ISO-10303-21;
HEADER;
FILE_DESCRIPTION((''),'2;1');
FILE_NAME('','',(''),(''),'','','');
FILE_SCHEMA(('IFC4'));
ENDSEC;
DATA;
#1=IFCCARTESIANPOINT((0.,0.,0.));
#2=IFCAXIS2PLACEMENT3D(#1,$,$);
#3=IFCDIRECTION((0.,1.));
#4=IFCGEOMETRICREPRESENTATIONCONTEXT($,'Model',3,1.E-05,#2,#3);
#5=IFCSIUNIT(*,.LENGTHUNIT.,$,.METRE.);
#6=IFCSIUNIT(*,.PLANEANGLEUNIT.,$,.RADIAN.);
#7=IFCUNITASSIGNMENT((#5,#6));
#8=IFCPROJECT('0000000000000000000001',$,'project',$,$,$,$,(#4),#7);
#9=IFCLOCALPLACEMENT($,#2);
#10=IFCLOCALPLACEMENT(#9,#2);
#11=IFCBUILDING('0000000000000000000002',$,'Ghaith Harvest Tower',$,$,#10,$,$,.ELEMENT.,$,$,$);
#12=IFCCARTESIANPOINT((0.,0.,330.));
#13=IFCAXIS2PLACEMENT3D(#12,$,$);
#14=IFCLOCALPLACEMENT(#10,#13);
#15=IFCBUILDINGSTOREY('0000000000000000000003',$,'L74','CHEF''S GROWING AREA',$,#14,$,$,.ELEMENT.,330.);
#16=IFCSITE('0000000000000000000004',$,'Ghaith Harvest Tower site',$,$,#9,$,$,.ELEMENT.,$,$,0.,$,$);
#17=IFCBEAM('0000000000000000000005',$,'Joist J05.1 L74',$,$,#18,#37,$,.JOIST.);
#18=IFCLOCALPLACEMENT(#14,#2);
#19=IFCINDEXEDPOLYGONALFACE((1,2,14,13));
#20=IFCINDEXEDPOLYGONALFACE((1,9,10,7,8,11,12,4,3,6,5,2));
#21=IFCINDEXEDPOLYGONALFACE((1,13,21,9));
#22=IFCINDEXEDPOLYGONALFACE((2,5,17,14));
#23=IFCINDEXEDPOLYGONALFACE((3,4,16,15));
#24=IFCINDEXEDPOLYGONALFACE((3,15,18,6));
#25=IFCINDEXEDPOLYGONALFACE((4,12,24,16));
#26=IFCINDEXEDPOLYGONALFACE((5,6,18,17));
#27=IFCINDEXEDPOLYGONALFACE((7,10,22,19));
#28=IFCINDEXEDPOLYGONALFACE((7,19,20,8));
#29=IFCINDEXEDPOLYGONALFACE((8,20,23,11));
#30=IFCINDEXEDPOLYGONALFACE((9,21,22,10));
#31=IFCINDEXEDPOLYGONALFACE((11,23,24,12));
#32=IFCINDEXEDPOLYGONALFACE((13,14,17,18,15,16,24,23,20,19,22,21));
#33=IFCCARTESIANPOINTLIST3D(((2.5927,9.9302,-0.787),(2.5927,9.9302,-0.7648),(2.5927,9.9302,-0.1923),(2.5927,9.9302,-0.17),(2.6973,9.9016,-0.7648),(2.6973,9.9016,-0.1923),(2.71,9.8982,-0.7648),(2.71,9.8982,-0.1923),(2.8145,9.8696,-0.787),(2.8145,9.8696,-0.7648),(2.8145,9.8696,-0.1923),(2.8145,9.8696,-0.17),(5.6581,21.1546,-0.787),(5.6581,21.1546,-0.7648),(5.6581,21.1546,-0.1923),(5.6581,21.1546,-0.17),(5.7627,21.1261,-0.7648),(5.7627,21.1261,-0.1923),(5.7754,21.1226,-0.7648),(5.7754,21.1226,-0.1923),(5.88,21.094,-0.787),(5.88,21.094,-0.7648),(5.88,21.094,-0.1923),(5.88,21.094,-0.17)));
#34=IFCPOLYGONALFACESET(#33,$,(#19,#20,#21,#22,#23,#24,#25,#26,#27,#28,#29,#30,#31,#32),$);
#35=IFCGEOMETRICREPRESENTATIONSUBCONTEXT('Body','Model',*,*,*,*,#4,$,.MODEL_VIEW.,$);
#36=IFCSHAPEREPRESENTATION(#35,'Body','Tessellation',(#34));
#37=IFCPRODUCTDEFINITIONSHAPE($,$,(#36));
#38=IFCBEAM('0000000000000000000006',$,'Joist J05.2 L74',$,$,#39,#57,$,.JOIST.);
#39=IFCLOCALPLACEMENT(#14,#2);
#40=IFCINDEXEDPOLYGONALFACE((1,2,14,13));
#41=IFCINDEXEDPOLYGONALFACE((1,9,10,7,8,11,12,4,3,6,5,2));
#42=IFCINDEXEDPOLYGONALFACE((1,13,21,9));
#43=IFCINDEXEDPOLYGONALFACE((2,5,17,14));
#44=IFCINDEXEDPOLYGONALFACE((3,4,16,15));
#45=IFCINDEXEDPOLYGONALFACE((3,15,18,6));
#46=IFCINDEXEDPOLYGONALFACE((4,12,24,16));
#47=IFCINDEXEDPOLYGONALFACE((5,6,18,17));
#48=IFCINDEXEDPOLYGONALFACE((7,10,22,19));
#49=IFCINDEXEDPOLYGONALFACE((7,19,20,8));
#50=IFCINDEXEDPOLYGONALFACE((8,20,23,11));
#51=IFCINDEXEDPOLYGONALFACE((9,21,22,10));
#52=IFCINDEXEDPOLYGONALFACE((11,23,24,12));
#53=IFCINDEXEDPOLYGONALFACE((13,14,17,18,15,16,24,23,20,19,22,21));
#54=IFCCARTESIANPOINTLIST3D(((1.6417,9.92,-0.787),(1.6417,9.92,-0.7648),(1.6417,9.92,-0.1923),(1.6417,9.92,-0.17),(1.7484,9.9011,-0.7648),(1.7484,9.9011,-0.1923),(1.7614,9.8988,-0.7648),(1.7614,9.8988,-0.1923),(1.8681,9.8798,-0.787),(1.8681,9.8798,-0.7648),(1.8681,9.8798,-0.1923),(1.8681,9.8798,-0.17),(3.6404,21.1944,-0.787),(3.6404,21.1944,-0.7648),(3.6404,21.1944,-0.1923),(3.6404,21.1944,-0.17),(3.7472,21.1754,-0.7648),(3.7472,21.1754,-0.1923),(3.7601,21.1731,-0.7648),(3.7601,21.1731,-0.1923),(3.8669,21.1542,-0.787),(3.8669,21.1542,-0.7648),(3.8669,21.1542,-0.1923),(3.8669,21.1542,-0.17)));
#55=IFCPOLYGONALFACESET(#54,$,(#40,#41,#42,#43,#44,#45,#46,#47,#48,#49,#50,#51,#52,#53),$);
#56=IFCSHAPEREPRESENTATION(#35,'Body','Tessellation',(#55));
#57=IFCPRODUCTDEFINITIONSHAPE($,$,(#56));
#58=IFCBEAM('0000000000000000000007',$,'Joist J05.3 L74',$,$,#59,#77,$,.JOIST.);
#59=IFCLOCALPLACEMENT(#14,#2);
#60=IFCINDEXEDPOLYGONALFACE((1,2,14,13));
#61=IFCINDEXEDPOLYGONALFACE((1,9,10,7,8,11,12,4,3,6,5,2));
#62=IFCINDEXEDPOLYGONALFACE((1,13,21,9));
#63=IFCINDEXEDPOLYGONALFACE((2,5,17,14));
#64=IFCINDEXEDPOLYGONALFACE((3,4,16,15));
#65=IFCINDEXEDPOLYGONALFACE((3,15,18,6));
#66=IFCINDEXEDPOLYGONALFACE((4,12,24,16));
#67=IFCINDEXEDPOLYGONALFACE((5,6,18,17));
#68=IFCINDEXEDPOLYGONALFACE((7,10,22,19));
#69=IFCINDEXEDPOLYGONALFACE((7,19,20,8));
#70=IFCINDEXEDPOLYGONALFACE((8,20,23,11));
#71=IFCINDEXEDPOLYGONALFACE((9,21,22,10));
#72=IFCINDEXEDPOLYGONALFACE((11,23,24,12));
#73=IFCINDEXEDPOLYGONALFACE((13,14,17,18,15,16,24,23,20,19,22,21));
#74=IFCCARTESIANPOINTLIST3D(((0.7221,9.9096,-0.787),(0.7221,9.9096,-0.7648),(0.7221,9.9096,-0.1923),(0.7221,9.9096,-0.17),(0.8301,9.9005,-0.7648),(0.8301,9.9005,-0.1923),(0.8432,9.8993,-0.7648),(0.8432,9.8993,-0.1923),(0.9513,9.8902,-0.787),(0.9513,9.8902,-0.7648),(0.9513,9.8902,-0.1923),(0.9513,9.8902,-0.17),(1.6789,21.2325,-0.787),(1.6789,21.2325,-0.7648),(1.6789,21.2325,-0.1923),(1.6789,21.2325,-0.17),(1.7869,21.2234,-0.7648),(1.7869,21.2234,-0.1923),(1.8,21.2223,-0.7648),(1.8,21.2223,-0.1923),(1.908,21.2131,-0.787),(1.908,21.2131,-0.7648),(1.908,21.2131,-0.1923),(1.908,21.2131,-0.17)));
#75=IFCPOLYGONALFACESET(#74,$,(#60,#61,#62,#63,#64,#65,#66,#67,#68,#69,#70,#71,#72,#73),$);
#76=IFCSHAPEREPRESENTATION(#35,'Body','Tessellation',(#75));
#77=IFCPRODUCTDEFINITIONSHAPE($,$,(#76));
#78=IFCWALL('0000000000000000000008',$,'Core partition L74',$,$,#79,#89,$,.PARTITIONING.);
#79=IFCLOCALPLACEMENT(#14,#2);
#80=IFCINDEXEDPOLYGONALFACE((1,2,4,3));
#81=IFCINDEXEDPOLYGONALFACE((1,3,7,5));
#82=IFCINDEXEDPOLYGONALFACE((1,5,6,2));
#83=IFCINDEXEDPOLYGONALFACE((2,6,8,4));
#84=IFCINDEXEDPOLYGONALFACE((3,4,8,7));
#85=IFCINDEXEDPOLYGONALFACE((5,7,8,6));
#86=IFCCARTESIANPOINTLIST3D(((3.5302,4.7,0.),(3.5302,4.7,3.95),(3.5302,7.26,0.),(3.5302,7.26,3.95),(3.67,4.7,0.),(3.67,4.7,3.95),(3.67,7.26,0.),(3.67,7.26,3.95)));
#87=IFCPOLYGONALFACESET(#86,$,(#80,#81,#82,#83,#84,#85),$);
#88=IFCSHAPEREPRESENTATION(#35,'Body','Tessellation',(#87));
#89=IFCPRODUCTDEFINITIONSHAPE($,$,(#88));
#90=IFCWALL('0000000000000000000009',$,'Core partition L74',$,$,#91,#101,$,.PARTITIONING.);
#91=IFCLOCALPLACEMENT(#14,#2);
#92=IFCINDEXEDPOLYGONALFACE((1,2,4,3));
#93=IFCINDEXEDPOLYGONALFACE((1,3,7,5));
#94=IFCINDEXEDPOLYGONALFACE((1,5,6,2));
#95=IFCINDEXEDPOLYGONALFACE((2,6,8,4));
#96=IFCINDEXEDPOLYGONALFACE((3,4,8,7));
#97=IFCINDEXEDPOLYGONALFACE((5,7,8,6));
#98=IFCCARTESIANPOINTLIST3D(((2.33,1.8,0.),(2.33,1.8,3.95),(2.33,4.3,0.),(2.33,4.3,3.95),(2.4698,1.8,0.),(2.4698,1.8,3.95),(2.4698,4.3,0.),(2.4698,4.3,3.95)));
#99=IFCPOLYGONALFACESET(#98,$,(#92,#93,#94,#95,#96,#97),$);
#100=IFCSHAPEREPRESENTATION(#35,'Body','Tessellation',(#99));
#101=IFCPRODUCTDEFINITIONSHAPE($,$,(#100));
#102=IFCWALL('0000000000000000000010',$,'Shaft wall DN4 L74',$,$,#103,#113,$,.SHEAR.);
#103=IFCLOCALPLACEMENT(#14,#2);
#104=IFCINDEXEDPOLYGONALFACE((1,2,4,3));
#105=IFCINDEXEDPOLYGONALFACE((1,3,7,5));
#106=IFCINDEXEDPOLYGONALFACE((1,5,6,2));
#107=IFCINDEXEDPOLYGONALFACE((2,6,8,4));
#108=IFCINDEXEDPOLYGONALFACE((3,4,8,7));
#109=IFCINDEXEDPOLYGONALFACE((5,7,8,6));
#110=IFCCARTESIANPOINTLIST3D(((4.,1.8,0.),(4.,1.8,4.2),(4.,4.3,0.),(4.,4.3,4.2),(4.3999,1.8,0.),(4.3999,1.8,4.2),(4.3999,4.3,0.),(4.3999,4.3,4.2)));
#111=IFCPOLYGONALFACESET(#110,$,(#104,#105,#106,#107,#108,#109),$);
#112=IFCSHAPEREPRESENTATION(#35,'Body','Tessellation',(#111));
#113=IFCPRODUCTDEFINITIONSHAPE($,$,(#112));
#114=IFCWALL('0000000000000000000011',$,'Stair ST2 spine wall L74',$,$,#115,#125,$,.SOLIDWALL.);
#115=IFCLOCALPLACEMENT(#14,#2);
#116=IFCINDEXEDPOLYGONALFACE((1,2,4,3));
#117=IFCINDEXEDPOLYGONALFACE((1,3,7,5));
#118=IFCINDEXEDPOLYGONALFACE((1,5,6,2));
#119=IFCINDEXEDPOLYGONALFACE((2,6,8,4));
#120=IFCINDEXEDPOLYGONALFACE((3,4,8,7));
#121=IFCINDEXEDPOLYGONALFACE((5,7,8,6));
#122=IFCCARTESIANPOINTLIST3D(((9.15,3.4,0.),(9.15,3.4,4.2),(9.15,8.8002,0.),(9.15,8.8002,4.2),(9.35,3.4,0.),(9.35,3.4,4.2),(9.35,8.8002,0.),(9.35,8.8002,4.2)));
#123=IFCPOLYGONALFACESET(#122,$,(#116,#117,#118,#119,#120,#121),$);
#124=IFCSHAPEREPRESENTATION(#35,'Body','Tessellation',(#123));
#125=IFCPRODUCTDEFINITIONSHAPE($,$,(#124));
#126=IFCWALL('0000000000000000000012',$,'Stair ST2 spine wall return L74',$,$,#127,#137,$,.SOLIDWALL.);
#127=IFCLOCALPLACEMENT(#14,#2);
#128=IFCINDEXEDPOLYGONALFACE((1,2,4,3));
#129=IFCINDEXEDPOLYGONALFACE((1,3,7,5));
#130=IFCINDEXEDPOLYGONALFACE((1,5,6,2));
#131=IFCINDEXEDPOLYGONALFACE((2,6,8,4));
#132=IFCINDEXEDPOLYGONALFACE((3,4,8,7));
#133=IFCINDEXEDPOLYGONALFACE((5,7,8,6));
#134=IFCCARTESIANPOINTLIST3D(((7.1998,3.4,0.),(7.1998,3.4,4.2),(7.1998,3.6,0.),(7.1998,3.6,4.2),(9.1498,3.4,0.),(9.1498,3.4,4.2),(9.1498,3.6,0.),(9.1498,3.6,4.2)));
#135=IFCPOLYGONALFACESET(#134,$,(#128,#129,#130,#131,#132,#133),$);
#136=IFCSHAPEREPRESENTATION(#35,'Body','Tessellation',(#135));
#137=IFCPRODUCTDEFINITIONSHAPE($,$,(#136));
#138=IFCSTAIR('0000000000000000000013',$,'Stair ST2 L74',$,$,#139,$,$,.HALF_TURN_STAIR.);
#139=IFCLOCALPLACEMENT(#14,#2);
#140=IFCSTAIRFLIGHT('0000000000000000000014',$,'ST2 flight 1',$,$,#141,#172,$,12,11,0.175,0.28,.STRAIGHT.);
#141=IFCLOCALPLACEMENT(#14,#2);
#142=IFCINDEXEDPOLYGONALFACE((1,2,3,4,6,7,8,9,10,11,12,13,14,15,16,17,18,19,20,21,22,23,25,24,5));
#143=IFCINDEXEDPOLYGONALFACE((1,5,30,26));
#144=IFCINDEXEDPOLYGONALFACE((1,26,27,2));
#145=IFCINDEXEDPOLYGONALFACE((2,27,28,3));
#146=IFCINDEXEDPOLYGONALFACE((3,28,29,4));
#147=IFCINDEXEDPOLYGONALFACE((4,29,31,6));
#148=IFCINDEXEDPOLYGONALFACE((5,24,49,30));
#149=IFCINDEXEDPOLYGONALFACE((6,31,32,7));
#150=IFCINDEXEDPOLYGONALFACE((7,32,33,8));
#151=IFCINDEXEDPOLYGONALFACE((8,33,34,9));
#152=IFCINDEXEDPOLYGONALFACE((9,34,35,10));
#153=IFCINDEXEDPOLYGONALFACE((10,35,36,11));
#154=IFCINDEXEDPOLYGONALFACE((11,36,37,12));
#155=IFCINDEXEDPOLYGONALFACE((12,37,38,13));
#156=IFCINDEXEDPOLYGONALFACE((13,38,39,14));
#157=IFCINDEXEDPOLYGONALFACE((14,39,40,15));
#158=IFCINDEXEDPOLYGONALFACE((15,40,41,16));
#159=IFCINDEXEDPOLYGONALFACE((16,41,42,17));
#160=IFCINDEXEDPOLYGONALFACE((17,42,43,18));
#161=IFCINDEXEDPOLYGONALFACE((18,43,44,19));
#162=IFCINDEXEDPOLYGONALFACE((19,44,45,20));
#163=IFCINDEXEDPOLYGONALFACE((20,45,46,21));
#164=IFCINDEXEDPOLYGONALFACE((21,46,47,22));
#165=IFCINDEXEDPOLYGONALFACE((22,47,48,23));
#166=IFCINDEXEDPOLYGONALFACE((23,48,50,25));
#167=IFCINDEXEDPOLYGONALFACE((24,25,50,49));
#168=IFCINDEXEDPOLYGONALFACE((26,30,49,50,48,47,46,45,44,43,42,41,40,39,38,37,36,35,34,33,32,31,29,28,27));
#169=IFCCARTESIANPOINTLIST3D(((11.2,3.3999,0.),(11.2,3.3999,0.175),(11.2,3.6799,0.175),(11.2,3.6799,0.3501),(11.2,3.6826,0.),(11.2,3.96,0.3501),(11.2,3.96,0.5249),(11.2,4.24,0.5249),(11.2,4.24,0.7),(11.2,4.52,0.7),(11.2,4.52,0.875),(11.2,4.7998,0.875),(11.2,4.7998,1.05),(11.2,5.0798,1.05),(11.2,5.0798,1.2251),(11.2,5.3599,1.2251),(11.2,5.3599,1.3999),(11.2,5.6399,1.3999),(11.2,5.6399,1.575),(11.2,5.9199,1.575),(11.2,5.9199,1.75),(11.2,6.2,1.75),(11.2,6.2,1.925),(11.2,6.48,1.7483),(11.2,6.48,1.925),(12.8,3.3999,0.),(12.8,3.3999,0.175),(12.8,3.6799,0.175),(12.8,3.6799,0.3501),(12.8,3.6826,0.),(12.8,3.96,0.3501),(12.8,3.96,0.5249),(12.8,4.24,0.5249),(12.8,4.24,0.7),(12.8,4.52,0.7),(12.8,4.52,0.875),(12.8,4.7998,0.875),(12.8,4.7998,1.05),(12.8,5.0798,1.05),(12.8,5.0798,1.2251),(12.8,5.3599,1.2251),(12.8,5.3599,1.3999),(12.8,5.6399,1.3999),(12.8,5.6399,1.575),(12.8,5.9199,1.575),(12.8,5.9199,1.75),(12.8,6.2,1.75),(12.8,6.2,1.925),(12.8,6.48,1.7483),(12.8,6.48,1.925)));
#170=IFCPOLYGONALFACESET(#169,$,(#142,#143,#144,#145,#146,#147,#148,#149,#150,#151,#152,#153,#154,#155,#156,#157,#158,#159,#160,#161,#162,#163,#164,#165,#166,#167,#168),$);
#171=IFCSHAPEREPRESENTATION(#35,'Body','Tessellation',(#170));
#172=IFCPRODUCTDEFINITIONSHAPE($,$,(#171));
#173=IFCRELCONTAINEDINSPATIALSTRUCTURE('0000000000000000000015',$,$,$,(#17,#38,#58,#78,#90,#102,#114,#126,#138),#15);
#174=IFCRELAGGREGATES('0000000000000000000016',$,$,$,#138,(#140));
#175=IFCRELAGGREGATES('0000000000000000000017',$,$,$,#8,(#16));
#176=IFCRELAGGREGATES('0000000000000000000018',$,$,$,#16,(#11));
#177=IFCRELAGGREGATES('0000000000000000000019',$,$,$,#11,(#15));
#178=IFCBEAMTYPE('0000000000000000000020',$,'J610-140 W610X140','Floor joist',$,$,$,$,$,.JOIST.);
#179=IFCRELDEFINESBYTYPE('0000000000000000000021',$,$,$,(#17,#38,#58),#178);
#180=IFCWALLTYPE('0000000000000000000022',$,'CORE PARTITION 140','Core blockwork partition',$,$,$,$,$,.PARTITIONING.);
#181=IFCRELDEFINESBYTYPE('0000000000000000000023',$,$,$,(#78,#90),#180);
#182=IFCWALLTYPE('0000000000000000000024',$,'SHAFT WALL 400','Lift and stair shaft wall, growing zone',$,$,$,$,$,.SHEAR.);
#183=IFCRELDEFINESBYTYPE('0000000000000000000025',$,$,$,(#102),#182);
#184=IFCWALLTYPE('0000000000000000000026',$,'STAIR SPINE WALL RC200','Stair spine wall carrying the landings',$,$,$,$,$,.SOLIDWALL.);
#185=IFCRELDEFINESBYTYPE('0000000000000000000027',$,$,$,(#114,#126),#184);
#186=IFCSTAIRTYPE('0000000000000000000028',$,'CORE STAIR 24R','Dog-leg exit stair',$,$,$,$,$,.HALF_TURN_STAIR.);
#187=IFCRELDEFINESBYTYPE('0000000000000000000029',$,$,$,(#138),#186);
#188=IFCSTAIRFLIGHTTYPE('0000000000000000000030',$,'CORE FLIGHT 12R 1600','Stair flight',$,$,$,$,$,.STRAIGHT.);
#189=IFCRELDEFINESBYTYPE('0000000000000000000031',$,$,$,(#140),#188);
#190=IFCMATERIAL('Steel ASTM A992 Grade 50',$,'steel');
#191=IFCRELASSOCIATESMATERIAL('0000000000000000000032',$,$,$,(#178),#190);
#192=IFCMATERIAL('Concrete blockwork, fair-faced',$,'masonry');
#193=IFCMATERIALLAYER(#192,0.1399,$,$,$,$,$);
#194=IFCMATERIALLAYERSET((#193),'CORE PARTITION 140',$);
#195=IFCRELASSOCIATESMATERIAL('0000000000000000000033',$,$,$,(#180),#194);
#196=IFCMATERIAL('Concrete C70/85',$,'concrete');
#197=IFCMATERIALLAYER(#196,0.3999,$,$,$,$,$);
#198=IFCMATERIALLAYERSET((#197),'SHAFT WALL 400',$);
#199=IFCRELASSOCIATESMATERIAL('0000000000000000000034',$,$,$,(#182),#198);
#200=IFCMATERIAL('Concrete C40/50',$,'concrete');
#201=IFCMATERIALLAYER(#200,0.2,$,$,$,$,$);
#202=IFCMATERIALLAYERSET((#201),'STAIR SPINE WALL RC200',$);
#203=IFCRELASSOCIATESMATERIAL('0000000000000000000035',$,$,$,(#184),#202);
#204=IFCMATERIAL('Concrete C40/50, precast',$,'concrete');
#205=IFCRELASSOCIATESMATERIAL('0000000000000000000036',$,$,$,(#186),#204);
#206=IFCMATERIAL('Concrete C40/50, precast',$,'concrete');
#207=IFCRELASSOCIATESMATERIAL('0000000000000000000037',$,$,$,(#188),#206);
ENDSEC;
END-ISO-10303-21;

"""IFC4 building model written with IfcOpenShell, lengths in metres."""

from ifc_helpers import new_model, si_unit, direction, frame, frame_2d, origin, origin_2d, place, context, subcontext, project, spatial, polyline, rectangle, i_section, outline, extrude, material, layer, layer_set, material_profile, profile_set, type_object, element, aggregate, save


model = new_model("IFC4")

# Units and contexts
model_context = context("Model", 3, precision=1e-05, world=origin(), true_north=direction((0.0, 1.0)))
body_context = subcontext(model_context, "Body", "Model", "MODEL_VIEW")
ifc_project = project(units=[si_unit("LENGTHUNIT", "METRE"), si_unit("PLANEANGLEUNIT", "RADIAN")], contexts=[model_context])

# Site, building, storey
site_placement = place(None, origin())
site = spatial("IfcSite", under=ifc_project, at=site_placement, Name="Ghaith Harvest Tower site", CompositionType="ELEMENT", RefElevation=0.0)
building_placement = place(site_placement, origin())
building = spatial("IfcBuilding", under=site, at=building_placement, Name="Ghaith Harvest Tower", CompositionType="ELEMENT")
storey_placement = place(building_placement, frame((0.0, 0.0, 330.0)))
storey = spatial("IfcBuildingStorey", under=building, at=storey_placement, Name="L74", Description="CHEF'S GROWING AREA", CompositionType="ELEMENT", Elevation=330.0)

# Beams
ifc_material_1 = material(Name="Steel ASTM A992 Grade 50", Category="steel")
ifc_material_profile = material_profile(ifc_material_1, i_section(OverallWidth=0.23, OverallDepth=0.6169, WebThickness=0.0132, FlangeThickness=0.0222, at=origin_2d()), Name="W610X140")
ifc_profile_set = profile_set([ifc_material_profile], Name="Steel ASTM A992 Grade 50")
beam_type = type_object("IfcBeamType", Name="J610-140 W610X140", Description="Floor joist", PredefinedType="JOIST", material=ifc_profile_set)
beam_1_placement = place(storey_placement, frame((2.7036, 9.8999, -0.4785), z_axis=(0.263456, 0.964671, 0.0), x_axis=(-0.964671, 0.263456, 0.0)))
element("IfcBeam", 1, at=beam_1_placement, inside=storey, type_object=beam_type, Name="Joist J05.1 L74", PredefinedType="JOIST", context=body_context, shape_type="SweptSolid", body=[
    extrude(i_section(OverallWidth=0.23, OverallDepth=0.6169, WebThickness=0.0132, FlangeThickness=0.0222, at=origin_2d()), origin(), (0.0, 0.0, 1.0), 11.6355),
])
beam_2_placement = place(storey_placement, frame((1.7549, 9.8999, -0.4785), z_axis=(0.174563, 0.984646, 0.0), x_axis=(-0.984646, 0.174563, 0.0)))
element("IfcBeam", 2, at=beam_2_placement, inside=storey, type_object=beam_type, Name="Joist J05.2 L74", PredefinedType="JOIST", context=body_context, shape_type="SweptSolid", body=[
    extrude(i_section(OverallWidth=0.23, OverallDepth=0.6169, WebThickness=0.0132, FlangeThickness=0.0222, at=origin_2d()), origin(), (0.0, 0.0, 1.0), 11.4502),
])
beam_3_placement = place(storey_placement, frame((0.8367, 9.8999, -0.4785), z_axis=(0.084199, 0.996449, 0.0), x_axis=(-0.996449, 0.084199, 0.0)))
element("IfcBeam", 3, at=beam_3_placement, inside=storey, type_object=beam_type, Name="Joist J05.3 L74", PredefinedType="JOIST", context=body_context, shape_type="SweptSolid", body=[
    extrude(i_section(OverallWidth=0.23, OverallDepth=0.6169, WebThickness=0.0132, FlangeThickness=0.0222, at=origin_2d()), origin(), (0.0, 0.0, 1.0), 11.3633),
])

# Walls
ifc_material_2 = material(Name="Concrete blockwork, fair-faced", Category="masonry")
ifc_layer_1 = layer(ifc_material_2, 0.1399)
ifc_layer_set_1 = layer_set([ifc_layer_1], Name="CORE PARTITION 140")
wall_type_1 = type_object("IfcWallType", Name="CORE PARTITION 140", Description="Core blockwork partition", PredefinedType="PARTITIONING", material=ifc_layer_set_1)
wall_1_placement = place(storey_placement, frame((3.6001, 4.7, 0.0), z_axis=(0.0, 0.0, 1.0), x_axis=(0.0, 1.0, 0.0)))
element("IfcWall", 4, at=wall_1_placement, inside=storey, type_object=wall_type_1, Name="Core partition L74", PredefinedType="PARTITIONING", context=body_context, shape_type="SweptSolid", body=[
    extrude(rectangle(XDim=2.5601, YDim=0.1399, at=frame_2d((1.28, 0.0))), origin(), (0.0, 0.0, 1.0), 3.95),
])
wall_2_placement = place(storey_placement, frame((2.3999, 1.8, 0.0), z_axis=(0.0, 0.0, 1.0), x_axis=(0.0, 1.0, 0.0)))
element("IfcWall", 5, at=wall_2_placement, inside=storey, type_object=wall_type_1, Name="Core partition L74", PredefinedType="PARTITIONING", context=body_context, shape_type="SweptSolid", body=[
    extrude(rectangle(XDim=2.5, YDim=0.1399, at=frame_2d((1.25, 0.0))), origin(), (0.0, 0.0, 1.0), 3.95),
])

# Shared definitions
ifc_material_3 = material(Name="Concrete C70/85", Category="concrete")
ifc_layer_2 = layer(ifc_material_3, 0.3999)
ifc_layer_set_2 = layer_set([ifc_layer_2], Name="SHAFT WALL 400")
wall_type_2 = type_object("IfcWallType", Name="SHAFT WALL 400", Description="Lift and stair shaft wall, growing zone", PredefinedType="SHEAR", material=ifc_layer_set_2)

# Walls
wall_3_placement = place(storey_placement, frame((4.2, 1.8, 0.0), z_axis=(0.0, 0.0, 1.0), x_axis=(0.0, 1.0, 0.0)))
element("IfcWall", 6, at=wall_3_placement, inside=storey, type_object=wall_type_2, Name="Shaft wall DN4 L74", PredefinedType="SHEAR", context=body_context, shape_type="SweptSolid", body=[
    extrude(rectangle(XDim=2.5, YDim=0.3999, at=frame_2d((1.25, 0.0))), origin(), (0.0, 0.0, 1.0), 4.2),
])
ifc_material_4 = material(Name="Concrete C40/50", Category="concrete")
ifc_layer_3 = layer(ifc_material_4, 0.2)
ifc_layer_set_3 = layer_set([ifc_layer_3], Name="STAIR SPINE WALL RC200")
wall_type_3 = type_object("IfcWallType", Name="STAIR SPINE WALL RC200", Description="Stair spine wall carrying the landings", PredefinedType="SOLIDWALL", material=ifc_layer_set_3)
wall_4_placement = place(storey_placement, frame((9.25, 3.3999, 0.0), z_axis=(0.0, 0.0, 1.0), x_axis=(0.0, 1.0, 0.0)))
element("IfcWall", 7, at=wall_4_placement, inside=storey, type_object=wall_type_3, Name="Stair ST2 spine wall L74", PredefinedType="SOLIDWALL", context=body_context, shape_type="SweptSolid", body=[
    extrude(rectangle(XDim=5.4001, YDim=0.2, at=frame_2d((2.7002, 0.0))), origin(), (0.0, 0.0, 1.0), 4.2),
])
wall_5_placement = place(storey_placement, frame((9.1499, 3.5, 0.0), z_axis=(0.0, 0.0, 1.0), x_axis=(-1.0, 0.0, 0.0)))
element("IfcWall", 8, at=wall_5_placement, inside=storey, type_object=wall_type_3, Name="Stair ST2 spine wall return L74", PredefinedType="SOLIDWALL", context=body_context, shape_type="SweptSolid", body=[
    extrude(rectangle(XDim=1.95, YDim=0.2, at=frame_2d((0.9751, 0.0))), origin(), (0.0, 0.0, 1.0), 4.2),
])

# Stair, stair flight
ifc_material_5 = material(Name="Concrete C40/50, precast", Category="concrete")
stair_type = type_object("IfcStairType", Name="CORE STAIR 24R", Description="Dog-leg exit stair", PredefinedType="HALF_TURN_STAIR", material=ifc_material_5)
stair_placement = place(storey_placement, origin())
stair = element("IfcStair", 9, at=stair_placement, inside=storey, type_object=stair_type, Name="Stair ST2 L74", PredefinedType="HALF_TURN_STAIR")
ifc_material_6 = material(Name="Concrete C40/50, precast", Category="concrete")
stair_flight_type = type_object("IfcStairFlightType", Name="CORE FLIGHT 12R 1600", Description="Stair flight", PredefinedType="STRAIGHT", material=ifc_material_6)
stair_flight_1_placement = place(storey_placement, frame((12.0, 3.3999, 0.0), z_axis=(0.0, 0.0, 1.0), x_axis=(0.0, 1.0, 0.0)))
stair_flight_1 = element("IfcStairFlight", 10, at=stair_flight_1_placement, type_object=stair_flight_type, Name="ST2 flight 1", NumberOfRisers=12, NumberOfTreads=11, PredefinedType="STRAIGHT", RiserHeight=0.175, TreadLength=0.28, context=body_context, shape_type="SweptSolid", body=[
    extrude(outline(polyline([(0.0, 0.0), (0.0, 0.175), (0.28, 0.175), (0.28, 0.3501), (0.5601, 0.3501), (0.5601, 0.5249), (0.8401, 0.5249), (0.8401, 0.7), (1.1201, 0.7), (1.1201, 0.875), (1.3999, 0.875), (1.3999, 1.05), (1.6799, 1.05), (1.6799, 1.2251), (1.96, 1.2251), (1.96, 1.3999), (2.24, 1.3999), (2.24, 1.575), (2.52, 1.575), (2.52, 1.75), (2.8, 1.75), (2.8, 1.925), (3.0801, 1.925), (3.0801, 2.1001), (3.0801, 1.7483), (0.2827, 0.0), (0.0, 0.0)])), frame((0.0, 0.8, 0.0), z_axis=(0.0, -1.0, 0.0), x_axis=(1.0, 0.0, 0.0)), (0.0, 0.0, 1.0), 1.6001),
])
aggregate(stair, [stair_flight_1])

save(model, "model.ifc")
